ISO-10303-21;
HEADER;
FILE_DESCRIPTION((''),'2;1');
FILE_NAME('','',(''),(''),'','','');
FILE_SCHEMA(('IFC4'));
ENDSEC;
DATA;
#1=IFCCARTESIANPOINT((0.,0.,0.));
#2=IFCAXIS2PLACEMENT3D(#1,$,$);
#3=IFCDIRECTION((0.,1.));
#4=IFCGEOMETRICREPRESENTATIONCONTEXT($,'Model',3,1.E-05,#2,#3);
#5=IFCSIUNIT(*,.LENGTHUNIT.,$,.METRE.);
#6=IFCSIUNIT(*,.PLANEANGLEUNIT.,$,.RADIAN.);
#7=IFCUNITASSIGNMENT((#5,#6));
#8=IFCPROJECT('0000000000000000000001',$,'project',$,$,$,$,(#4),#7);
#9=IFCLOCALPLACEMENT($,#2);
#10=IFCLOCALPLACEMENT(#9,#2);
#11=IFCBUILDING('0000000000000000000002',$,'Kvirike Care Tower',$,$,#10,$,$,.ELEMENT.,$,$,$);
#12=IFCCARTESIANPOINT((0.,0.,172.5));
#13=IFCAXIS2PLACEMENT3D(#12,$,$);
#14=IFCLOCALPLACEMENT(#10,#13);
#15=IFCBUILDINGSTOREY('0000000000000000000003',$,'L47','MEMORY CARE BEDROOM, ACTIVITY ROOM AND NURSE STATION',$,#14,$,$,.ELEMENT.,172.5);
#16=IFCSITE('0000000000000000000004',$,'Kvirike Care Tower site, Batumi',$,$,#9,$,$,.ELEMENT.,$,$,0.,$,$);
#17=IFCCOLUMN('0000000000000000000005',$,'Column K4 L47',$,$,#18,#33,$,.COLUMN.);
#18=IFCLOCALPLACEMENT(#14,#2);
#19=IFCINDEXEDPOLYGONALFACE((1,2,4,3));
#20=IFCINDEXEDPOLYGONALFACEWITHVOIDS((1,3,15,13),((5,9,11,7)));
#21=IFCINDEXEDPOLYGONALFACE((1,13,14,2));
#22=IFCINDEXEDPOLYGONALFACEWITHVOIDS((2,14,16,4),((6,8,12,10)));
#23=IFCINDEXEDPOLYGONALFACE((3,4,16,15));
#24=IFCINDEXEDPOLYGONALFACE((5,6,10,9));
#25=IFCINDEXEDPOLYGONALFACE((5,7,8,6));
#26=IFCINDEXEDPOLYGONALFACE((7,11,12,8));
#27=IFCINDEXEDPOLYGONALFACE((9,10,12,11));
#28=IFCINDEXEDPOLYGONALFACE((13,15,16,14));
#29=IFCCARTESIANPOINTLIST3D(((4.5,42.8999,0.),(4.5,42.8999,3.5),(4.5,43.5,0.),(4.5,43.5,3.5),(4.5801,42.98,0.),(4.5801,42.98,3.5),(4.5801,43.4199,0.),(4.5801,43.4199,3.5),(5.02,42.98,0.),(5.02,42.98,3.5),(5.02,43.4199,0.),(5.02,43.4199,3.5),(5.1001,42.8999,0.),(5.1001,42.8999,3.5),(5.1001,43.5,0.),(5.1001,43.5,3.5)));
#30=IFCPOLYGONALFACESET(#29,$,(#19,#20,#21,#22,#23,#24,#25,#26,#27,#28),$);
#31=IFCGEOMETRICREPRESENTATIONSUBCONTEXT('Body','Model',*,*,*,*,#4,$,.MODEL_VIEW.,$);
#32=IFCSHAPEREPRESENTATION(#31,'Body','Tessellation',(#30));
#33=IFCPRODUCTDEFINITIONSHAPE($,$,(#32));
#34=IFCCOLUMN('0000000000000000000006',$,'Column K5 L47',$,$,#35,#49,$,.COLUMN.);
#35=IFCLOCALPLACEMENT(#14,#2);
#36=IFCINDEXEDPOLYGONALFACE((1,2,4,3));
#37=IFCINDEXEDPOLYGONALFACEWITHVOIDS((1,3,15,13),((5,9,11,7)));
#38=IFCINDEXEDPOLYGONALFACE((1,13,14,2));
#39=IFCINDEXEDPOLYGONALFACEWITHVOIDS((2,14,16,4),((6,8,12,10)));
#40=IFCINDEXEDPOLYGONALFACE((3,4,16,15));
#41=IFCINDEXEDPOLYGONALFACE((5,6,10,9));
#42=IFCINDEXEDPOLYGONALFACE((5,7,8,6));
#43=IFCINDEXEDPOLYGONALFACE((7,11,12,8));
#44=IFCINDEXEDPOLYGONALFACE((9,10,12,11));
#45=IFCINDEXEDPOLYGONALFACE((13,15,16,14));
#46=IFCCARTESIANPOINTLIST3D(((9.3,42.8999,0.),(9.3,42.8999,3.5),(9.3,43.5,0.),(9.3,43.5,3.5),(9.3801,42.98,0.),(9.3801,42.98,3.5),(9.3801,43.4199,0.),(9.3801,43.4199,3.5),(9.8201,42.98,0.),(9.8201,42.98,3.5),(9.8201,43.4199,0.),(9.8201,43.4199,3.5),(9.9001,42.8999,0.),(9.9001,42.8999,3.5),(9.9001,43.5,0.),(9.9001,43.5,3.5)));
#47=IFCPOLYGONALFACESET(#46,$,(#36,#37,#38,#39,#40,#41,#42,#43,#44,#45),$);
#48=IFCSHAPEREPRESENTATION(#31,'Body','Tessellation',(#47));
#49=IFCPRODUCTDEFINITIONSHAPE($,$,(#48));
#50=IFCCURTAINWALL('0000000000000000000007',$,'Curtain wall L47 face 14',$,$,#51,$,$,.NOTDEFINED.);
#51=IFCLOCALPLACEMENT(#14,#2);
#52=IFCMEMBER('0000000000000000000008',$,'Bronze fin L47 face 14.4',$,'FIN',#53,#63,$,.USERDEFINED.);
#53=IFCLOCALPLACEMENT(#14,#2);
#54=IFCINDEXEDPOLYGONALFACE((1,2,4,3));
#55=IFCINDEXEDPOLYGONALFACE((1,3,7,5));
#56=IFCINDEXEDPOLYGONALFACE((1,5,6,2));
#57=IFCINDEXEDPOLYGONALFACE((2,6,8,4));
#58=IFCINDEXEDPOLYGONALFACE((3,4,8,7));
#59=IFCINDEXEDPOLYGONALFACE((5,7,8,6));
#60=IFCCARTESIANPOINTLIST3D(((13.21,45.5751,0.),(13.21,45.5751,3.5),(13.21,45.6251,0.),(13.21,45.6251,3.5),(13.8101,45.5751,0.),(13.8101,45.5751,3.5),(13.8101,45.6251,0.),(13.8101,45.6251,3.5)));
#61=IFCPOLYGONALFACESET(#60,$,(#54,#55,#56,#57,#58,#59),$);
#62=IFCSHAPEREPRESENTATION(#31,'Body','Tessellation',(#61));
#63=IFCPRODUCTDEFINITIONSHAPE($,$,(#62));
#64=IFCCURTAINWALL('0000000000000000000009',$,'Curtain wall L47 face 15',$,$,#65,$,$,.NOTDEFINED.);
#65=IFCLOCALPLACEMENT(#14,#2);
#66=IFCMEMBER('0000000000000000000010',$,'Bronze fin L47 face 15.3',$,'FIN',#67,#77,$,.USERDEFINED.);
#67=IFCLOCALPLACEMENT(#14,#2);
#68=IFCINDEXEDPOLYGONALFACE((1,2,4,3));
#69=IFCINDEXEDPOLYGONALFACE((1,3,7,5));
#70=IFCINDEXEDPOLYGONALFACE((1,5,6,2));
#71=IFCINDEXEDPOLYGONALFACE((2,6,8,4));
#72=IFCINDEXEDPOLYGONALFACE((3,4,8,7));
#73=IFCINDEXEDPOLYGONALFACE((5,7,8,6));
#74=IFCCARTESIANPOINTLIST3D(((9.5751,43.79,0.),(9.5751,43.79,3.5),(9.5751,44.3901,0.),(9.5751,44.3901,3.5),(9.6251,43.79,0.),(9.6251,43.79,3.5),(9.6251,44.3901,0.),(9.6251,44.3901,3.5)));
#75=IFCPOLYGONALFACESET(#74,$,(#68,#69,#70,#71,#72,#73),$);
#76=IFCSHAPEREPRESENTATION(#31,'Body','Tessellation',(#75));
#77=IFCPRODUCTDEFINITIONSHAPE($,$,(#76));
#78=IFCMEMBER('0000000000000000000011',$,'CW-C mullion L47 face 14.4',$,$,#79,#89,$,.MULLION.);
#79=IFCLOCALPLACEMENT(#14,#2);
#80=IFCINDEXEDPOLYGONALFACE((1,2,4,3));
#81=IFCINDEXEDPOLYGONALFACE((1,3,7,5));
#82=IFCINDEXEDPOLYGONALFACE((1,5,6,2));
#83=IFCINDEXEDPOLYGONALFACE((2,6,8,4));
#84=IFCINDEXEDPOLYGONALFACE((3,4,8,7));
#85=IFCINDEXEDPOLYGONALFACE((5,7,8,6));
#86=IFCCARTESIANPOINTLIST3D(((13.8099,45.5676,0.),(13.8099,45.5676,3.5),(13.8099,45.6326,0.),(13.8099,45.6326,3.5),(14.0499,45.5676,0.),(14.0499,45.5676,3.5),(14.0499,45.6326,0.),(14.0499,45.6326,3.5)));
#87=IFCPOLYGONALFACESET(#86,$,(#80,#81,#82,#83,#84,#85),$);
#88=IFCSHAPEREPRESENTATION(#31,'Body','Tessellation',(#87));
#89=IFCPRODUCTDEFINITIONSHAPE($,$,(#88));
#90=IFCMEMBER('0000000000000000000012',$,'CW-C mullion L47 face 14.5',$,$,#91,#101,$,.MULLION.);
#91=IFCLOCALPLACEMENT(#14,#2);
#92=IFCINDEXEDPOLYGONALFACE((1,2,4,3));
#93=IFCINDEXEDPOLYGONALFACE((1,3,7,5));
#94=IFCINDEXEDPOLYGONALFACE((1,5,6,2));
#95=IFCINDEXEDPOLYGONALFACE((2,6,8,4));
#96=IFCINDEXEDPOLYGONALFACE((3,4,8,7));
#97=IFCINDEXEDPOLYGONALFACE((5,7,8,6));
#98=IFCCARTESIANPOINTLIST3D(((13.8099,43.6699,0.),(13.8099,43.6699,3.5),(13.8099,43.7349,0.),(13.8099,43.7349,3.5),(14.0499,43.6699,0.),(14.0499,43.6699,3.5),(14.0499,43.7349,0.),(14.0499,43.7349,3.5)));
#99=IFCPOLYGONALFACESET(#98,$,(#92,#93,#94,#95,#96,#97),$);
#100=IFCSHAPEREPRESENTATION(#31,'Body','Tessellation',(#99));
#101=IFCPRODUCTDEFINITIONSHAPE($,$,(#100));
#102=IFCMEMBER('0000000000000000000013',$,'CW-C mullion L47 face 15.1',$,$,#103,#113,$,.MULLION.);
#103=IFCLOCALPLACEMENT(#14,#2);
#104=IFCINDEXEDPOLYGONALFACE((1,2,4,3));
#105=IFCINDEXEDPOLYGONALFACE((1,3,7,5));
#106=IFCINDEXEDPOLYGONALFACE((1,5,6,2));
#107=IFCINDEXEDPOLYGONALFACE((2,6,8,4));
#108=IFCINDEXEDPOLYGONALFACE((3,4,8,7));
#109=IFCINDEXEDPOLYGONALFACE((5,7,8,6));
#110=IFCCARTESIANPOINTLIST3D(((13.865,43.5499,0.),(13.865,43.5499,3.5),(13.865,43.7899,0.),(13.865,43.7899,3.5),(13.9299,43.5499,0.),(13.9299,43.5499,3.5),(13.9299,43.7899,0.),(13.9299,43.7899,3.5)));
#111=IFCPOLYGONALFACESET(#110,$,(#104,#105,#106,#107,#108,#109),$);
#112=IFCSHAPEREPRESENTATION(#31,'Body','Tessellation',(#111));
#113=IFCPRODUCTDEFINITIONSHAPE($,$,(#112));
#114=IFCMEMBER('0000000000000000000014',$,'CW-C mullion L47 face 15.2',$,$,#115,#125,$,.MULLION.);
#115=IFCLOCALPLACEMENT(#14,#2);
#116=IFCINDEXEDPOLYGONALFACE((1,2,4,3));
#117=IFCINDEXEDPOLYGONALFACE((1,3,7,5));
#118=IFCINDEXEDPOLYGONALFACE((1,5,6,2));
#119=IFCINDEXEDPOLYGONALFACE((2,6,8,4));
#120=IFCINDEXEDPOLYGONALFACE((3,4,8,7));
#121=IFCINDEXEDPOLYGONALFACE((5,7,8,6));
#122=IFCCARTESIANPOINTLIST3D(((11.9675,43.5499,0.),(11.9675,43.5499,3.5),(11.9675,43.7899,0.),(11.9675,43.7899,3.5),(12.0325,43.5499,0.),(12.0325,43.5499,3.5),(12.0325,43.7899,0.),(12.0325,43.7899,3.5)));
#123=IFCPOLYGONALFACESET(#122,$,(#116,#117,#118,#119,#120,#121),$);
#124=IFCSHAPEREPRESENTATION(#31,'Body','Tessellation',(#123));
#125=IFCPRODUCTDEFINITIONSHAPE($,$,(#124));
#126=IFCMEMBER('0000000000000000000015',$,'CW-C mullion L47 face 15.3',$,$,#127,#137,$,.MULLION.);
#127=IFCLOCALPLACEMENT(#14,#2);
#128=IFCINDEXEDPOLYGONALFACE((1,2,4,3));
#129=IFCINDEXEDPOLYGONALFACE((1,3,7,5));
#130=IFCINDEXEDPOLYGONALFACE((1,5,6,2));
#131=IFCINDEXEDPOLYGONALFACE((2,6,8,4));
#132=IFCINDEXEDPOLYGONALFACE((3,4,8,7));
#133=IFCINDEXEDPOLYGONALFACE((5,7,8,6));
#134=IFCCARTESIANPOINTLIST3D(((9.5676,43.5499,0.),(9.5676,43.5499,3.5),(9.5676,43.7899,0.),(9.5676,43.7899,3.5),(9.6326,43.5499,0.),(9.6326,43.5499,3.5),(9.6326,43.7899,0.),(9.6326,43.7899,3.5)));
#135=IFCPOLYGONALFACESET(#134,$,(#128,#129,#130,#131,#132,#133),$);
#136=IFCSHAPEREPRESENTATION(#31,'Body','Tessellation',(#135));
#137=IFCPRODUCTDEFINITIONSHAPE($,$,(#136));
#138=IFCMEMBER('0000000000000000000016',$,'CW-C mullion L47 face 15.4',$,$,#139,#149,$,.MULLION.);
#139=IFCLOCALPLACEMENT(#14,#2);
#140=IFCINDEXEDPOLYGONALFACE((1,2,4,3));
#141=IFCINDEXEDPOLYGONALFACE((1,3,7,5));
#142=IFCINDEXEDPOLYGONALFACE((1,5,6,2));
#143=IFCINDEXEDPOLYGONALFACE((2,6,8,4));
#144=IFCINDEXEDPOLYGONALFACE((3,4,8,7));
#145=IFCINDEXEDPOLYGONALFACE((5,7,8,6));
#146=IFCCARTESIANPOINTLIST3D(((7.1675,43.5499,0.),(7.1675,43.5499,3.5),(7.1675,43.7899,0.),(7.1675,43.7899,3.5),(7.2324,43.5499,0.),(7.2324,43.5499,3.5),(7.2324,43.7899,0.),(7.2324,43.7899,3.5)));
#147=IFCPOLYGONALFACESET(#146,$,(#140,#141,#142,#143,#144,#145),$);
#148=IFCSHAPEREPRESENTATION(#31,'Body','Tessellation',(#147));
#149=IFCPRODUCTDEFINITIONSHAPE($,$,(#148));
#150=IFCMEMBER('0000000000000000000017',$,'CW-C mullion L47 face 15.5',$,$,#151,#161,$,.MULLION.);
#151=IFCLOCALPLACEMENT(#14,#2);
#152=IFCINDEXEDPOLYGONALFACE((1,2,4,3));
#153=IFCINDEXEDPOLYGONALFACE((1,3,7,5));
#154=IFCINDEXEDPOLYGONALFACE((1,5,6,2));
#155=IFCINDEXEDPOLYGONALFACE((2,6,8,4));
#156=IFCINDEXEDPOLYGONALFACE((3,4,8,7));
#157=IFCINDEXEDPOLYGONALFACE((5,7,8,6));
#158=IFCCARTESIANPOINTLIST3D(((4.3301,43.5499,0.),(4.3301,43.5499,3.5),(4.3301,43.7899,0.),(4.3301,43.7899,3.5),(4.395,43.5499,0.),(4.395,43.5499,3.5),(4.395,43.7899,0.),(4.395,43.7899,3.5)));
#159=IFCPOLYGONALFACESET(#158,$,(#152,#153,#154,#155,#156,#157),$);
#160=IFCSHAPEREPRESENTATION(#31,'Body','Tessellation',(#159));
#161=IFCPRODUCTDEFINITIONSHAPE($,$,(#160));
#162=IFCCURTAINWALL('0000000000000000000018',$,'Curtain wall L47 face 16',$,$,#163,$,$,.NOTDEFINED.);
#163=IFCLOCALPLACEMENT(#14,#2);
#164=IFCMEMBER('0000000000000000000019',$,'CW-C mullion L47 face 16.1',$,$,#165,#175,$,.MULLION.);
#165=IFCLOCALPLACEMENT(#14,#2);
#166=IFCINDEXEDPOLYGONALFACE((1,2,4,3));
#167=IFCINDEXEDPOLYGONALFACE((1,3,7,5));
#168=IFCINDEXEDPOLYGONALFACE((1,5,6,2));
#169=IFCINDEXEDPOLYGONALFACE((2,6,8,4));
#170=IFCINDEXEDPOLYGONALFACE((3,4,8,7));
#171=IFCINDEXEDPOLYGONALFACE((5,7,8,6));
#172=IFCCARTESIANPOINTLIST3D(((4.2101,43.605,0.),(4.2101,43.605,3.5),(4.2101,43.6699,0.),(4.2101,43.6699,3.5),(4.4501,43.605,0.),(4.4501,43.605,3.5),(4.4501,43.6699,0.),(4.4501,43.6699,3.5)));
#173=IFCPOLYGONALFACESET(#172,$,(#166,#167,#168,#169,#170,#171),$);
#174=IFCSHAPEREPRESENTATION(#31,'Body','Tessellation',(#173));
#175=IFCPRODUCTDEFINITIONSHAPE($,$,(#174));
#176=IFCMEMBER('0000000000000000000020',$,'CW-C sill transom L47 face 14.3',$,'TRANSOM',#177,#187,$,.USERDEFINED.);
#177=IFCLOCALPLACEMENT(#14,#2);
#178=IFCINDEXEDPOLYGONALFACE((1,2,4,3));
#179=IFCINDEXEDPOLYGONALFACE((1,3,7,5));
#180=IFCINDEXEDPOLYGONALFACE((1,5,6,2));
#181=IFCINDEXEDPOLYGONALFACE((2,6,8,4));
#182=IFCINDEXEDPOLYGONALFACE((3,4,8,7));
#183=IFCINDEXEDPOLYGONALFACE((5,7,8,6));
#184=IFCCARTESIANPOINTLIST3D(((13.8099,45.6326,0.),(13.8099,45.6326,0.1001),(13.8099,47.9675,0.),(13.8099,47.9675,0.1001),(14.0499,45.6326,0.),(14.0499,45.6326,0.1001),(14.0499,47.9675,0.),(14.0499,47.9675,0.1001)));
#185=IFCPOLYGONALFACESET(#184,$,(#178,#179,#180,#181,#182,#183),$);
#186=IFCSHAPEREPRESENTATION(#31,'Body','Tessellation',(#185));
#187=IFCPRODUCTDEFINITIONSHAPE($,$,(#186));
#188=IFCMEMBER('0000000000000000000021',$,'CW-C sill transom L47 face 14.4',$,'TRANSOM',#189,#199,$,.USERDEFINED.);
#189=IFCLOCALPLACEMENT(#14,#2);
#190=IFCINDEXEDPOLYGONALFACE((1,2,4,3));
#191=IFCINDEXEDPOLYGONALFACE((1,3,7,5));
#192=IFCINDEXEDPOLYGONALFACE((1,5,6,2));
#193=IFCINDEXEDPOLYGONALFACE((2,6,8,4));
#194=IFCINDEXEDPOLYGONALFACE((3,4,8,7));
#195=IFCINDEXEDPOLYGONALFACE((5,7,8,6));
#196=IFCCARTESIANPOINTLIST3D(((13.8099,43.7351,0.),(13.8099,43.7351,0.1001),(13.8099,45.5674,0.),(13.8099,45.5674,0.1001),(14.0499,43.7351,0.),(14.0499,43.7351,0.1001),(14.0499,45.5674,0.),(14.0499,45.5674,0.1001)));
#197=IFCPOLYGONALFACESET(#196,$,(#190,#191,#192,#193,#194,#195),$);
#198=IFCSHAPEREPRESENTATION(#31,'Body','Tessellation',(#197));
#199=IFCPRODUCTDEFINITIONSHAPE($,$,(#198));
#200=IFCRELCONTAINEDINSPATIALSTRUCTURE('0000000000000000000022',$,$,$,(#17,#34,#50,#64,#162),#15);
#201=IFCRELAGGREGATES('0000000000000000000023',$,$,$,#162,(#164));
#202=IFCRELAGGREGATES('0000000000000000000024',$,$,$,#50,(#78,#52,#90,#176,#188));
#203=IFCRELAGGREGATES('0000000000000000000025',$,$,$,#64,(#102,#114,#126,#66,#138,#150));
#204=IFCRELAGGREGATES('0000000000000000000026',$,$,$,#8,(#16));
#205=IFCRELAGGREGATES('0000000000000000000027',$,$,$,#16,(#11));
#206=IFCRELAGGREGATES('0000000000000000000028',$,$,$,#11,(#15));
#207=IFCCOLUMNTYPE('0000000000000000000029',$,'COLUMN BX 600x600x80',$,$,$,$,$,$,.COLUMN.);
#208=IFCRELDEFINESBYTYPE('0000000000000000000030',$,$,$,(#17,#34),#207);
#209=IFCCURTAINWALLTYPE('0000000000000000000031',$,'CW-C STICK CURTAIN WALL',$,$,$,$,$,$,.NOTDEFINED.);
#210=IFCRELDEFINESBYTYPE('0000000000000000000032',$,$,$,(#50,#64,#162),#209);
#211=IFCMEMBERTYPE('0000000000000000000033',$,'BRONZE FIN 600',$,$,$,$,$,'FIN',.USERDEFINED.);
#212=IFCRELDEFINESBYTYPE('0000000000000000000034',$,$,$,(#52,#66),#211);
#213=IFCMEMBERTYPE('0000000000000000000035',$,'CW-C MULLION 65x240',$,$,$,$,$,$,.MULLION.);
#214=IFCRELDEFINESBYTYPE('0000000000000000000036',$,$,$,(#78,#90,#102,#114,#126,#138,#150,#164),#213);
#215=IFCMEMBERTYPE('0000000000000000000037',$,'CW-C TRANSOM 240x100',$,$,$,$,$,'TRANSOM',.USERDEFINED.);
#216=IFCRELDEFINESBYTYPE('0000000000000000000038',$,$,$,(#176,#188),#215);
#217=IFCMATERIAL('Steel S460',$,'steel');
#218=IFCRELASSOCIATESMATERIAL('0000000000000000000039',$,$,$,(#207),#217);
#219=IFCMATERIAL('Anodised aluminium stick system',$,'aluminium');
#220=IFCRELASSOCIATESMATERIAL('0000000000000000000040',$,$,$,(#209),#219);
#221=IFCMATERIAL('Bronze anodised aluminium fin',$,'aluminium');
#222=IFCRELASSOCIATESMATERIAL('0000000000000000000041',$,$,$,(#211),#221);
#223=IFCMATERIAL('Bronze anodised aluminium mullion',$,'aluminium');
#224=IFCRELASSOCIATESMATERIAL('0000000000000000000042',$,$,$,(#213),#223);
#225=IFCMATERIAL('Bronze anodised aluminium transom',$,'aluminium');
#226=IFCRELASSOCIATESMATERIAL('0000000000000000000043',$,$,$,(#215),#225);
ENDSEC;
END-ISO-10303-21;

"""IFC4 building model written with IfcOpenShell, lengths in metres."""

from ifc_helpers import new_model, si_unit, direction, frame, origin, origin_2d, place, context, subcontext, project, spatial, rectangle, hollow_rectangle, extrude, material, material_profile, profile_set, type_object, element, aggregate, save


model = new_model("IFC4")

# Units and contexts
model_context = context("Model", 3, precision=1e-05, world=origin(), true_north=direction((0.0, 1.0)))
body_context = subcontext(model_context, "Body", "Model", "MODEL_VIEW")
ifc_project = project(units=[si_unit("LENGTHUNIT", "METRE"), si_unit("PLANEANGLEUNIT", "RADIAN")], contexts=[model_context])

# Site, building, storey
site_placement = place(None, origin())
site = spatial("IfcSite", under=ifc_project, at=site_placement, Name="Kvirike Care Tower site, Batumi", CompositionType="ELEMENT", RefElevation=0.0)
building_placement = place(site_placement, origin())
building = spatial("IfcBuilding", under=site, at=building_placement, Name="Kvirike Care Tower", CompositionType="ELEMENT")
storey_placement = place(building_placement, frame((0.0, 0.0, 172.5)))
storey = spatial("IfcBuildingStorey", under=building, at=storey_placement, Name="L47", Description="MEMORY CARE BEDROOM, ACTIVITY ROOM AND NURSE STATION", CompositionType="ELEMENT", Elevation=172.5)

# Columns
ifc_material_1 = material(Name="Steel S460", Category="steel")
ifc_material_profile_1 = material_profile(ifc_material_1, hollow_rectangle(XDim=0.6001, YDim=0.6001, WallThickness=0.0801, at=origin_2d()), Name="BX 600x600x80")
ifc_profile_set_1 = profile_set([ifc_material_profile_1], Name="Steel S460")
column_type = type_object("IfcColumnType", Name="COLUMN BX 600x600x80", PredefinedType="COLUMN", material=ifc_profile_set_1)
for number, where, z_axis, x_axis, name in (
    (1, (4.8, 43.2, 0.0), (0.0, 0.0, 1.0), (0.0, 1.0, 0.0), "Column K4 L47"),
    (2, (9.6001, 43.2, 0.0), (0.0, 0.0, 1.0), (0.0, 1.0, 0.0), "Column K5 L47"),
):
    element("IfcColumn", number, at=place(storey_placement, frame(where, z_axis=z_axis, x_axis=x_axis)), inside=storey, type_object=column_type, Name=name, PredefinedType="COLUMN", context=body_context, shape_type="SweptSolid", body=[
        extrude(hollow_rectangle(XDim=0.6001, YDim=0.6001, WallThickness=0.0801, at=origin_2d()), origin(), (0.0, 0.0, 1.0), 3.5),
    ])

# Curtain walls, members
ifc_material_2 = material(Name="Anodised aluminium stick system", Category="aluminium")
curtain_wall_type = type_object("IfcCurtainWallType", Name="CW-C STICK CURTAIN WALL", PredefinedType="NOTDEFINED", material=ifc_material_2)
curtain_wall_1_placement = place(storey_placement, origin())
curtain_wall_1 = element("IfcCurtainWall", 3, at=curtain_wall_1_placement, inside=storey, type_object=curtain_wall_type, Name="Curtain wall L47 face 14", PredefinedType="NOTDEFINED")
ifc_material_3 = material(Name="Bronze anodised aluminium fin", Category="aluminium")
ifc_material_profile_2 = material_profile(ifc_material_3, rectangle(XDim=0.05, YDim=0.6001, at=origin_2d()), Name="BRONZE FIN 600")
ifc_profile_set_2 = profile_set([ifc_material_profile_2], Name="Bronze anodised aluminium fin")
member_type_1 = type_object("IfcMemberType", Name="BRONZE FIN 600", ElementType="FIN", PredefinedType="USERDEFINED", material=ifc_profile_set_2)
member_1_placement = place(storey_placement, frame((13.51, 45.6001, 0.0), z_axis=(0.0, 0.0, 1.0), x_axis=(0.0, -1.0, 0.0)))
member_1 = element("IfcMember", 4, at=member_1_placement, type_object=member_type_1, Name="Bronze fin L47 face 14.4", ObjectType="FIN", PredefinedType="USERDEFINED", context=body_context, shape_type="SweptSolid", body=[
    extrude(rectangle(XDim=0.05, YDim=0.6001, at=origin_2d()), origin(), (0.0, 0.0, 1.0), 3.5),
])
curtain_wall_2_placement = place(storey_placement, origin())
curtain_wall_2 = element("IfcCurtainWall", 5, at=curtain_wall_2_placement, inside=storey, type_object=curtain_wall_type, Name="Curtain wall L47 face 15", PredefinedType="NOTDEFINED")
member_2_placement = place(storey_placement, frame((9.6001, 44.0901, 0.0), z_axis=(0.0, 0.0, 1.0), x_axis=(-1.0, 0.0, 0.0)))
member_2 = element("IfcMember", 6, at=member_2_placement, type_object=member_type_1, Name="Bronze fin L47 face 15.3", ObjectType="FIN", PredefinedType="USERDEFINED", context=body_context, shape_type="SweptSolid", body=[
    extrude(rectangle(XDim=0.05, YDim=0.6001, at=origin_2d()), origin(), (0.0, 0.0, 1.0), 3.5),
])

# Members
ifc_material_4 = material(Name="Bronze anodised aluminium mullion", Category="aluminium")
ifc_material_profile_3 = material_profile(ifc_material_4, rectangle(XDim=0.0649, YDim=0.24, at=origin_2d()), Name="CW-C MULLION 65x240")
ifc_profile_set_3 = profile_set([ifc_material_profile_3], Name="Bronze anodised aluminium mullion")
member_type_2 = type_object("IfcMemberType", Name="CW-C MULLION 65x240", PredefinedType="MULLION", material=ifc_profile_set_3)
member_3_placement = place(storey_placement, frame((13.9299, 45.6001, 0.0), z_axis=(0.0, 0.0, 1.0), x_axis=(0.0, -1.0, 0.0)))
member_3 = element("IfcMember", 7, at=member_3_placement, type_object=member_type_2, Name="CW-C mullion L47 face 14.4", PredefinedType="MULLION", context=body_context, shape_type="SweptSolid", body=[
    extrude(rectangle(XDim=0.0649, YDim=0.24, at=origin_2d()), origin(), (0.0, 0.0, 1.0), 3.5),
])
member_4_placement = place(storey_placement, frame((13.9299, 43.7024, 0.0), z_axis=(0.0, 0.0, 1.0), x_axis=(0.0, -1.0, 0.0)))
member_4 = element("IfcMember", 8, at=member_4_placement, type_object=member_type_2, Name="CW-C mullion L47 face 14.5", PredefinedType="MULLION", context=body_context, shape_type="SweptSolid", body=[
    extrude(rectangle(XDim=0.0649, YDim=0.24, at=origin_2d()), origin(), (0.0, 0.0, 1.0), 3.5),
])
member_5_placement = place(storey_placement, frame((13.8975, 43.6699, 0.0), z_axis=(0.0, 0.0, 1.0), x_axis=(-1.0, 0.0, 0.0)))
member_5 = element("IfcMember", 9, at=member_5_placement, type_object=member_type_2, Name="CW-C mullion L47 face 15.1", PredefinedType="MULLION", context=body_context, shape_type="SweptSolid", body=[
    extrude(rectangle(XDim=0.0649, YDim=0.24, at=origin_2d()), origin(), (0.0, 0.0, 1.0), 3.5),
])
member_6_placement = place(storey_placement, frame((12.0, 43.6699, 0.0), z_axis=(0.0, 0.0, 1.0), x_axis=(-1.0, 0.0, 0.0)))
member_6 = element("IfcMember", 10, at=member_6_placement, type_object=member_type_2, Name="CW-C mullion L47 face 15.2", PredefinedType="MULLION", context=body_context, shape_type="SweptSolid", body=[
    extrude(rectangle(XDim=0.0649, YDim=0.24, at=origin_2d()), origin(), (0.0, 0.0, 1.0), 3.5),
])
member_7_placement = place(storey_placement, frame((9.6001, 43.6699, 0.0), z_axis=(0.0, 0.0, 1.0), x_axis=(-1.0, 0.0, 0.0)))
member_7 = element("IfcMember", 11, at=member_7_placement, type_object=member_type_2, Name="CW-C mullion L47 face 15.3", PredefinedType="MULLION", context=body_context, shape_type="SweptSolid", body=[
    extrude(rectangle(XDim=0.0649, YDim=0.24, at=origin_2d()), origin(), (0.0, 0.0, 1.0), 3.5),
])
member_8_placement = place(storey_placement, frame((7.2, 43.6699, 0.0), z_axis=(0.0, 0.0, 1.0), x_axis=(-1.0, 0.0, 0.0)))
member_8 = element("IfcMember", 12, at=member_8_placement, type_object=member_type_2, Name="CW-C mullion L47 face 15.4", PredefinedType="MULLION", context=body_context, shape_type="SweptSolid", body=[
    extrude(rectangle(XDim=0.0649, YDim=0.24, at=origin_2d()), origin(), (0.0, 0.0, 1.0), 3.5),
])
member_9_placement = place(storey_placement, frame((4.3625, 43.6699, 0.0), z_axis=(0.0, 0.0, 1.0), x_axis=(-1.0, 0.0, 0.0)))
member_9 = element("IfcMember", 13, at=member_9_placement, type_object=member_type_2, Name="CW-C mullion L47 face 15.5", PredefinedType="MULLION", context=body_context, shape_type="SweptSolid", body=[
    extrude(rectangle(XDim=0.0649, YDim=0.24, at=origin_2d()), origin(), (0.0, 0.0, 1.0), 3.5),
])

# Curtain wall, member
curtain_wall_3_placement = place(storey_placement, origin())
curtain_wall_3 = element("IfcCurtainWall", 14, at=curtain_wall_3_placement, inside=storey, type_object=curtain_wall_type, Name="Curtain wall L47 face 16", PredefinedType="NOTDEFINED")
member_10_placement = place(storey_placement, frame((4.3301, 43.6375, 0.0), z_axis=(0.0, 0.0, 1.0), x_axis=(0.0, -1.0, 0.0)))
member_10 = element("IfcMember", 15, at=member_10_placement, type_object=member_type_2, Name="CW-C mullion L47 face 16.1", PredefinedType="MULLION", context=body_context, shape_type="SweptSolid", body=[
    extrude(rectangle(XDim=0.0649, YDim=0.24, at=origin_2d()), origin(), (0.0, 0.0, 1.0), 3.5),
])

# Members
ifc_material_5 = material(Name="Bronze anodised aluminium transom", Category="aluminium")
ifc_material_profile_4 = material_profile(ifc_material_5, rectangle(XDim=0.24, YDim=0.1001, at=origin_2d()), Name="CW-C TRANSOM 240x100")
ifc_profile_set_4 = profile_set([ifc_material_profile_4], Name="Bronze anodised aluminium transom")
member_type_3 = type_object("IfcMemberType", Name="CW-C TRANSOM 240x100", ElementType="TRANSOM", PredefinedType="USERDEFINED", material=ifc_profile_set_4)
member_11_placement = place(storey_placement, frame((13.9299, 47.9675, 0.05), z_axis=(0.0, -1.0, 0.0), x_axis=(1.0, 0.0, 0.0)))
member_11 = element("IfcMember", 16, at=member_11_placement, type_object=member_type_3, Name="CW-C sill transom L47 face 14.3", ObjectType="TRANSOM", PredefinedType="USERDEFINED", context=body_context, shape_type="SweptSolid", body=[
    extrude(rectangle(XDim=0.24, YDim=0.1001, at=origin_2d()), origin(), (0.0, 0.0, 1.0), 2.335),
])
member_12_placement = place(storey_placement, frame((13.9299, 45.5674, 0.05), z_axis=(0.0, -1.0, 0.0), x_axis=(1.0, 0.0, 0.0)))
member_12 = element("IfcMember", 17, at=member_12_placement, type_object=member_type_3, Name="CW-C sill transom L47 face 14.4", ObjectType="TRANSOM", PredefinedType="USERDEFINED", context=body_context, shape_type="SweptSolid", body=[
    extrude(rectangle(XDim=0.24, YDim=0.1001, at=origin_2d()), origin(), (0.0, 0.0, 1.0), 1.8323),
])
aggregate(curtain_wall_3, [member_10])

aggregate(curtain_wall_1, [member_3, member_1, member_4, member_11, member_12])
aggregate(curtain_wall_2, [member_5, member_6, member_7, member_2, member_8, member_9])

save(model, "model.ifc")
